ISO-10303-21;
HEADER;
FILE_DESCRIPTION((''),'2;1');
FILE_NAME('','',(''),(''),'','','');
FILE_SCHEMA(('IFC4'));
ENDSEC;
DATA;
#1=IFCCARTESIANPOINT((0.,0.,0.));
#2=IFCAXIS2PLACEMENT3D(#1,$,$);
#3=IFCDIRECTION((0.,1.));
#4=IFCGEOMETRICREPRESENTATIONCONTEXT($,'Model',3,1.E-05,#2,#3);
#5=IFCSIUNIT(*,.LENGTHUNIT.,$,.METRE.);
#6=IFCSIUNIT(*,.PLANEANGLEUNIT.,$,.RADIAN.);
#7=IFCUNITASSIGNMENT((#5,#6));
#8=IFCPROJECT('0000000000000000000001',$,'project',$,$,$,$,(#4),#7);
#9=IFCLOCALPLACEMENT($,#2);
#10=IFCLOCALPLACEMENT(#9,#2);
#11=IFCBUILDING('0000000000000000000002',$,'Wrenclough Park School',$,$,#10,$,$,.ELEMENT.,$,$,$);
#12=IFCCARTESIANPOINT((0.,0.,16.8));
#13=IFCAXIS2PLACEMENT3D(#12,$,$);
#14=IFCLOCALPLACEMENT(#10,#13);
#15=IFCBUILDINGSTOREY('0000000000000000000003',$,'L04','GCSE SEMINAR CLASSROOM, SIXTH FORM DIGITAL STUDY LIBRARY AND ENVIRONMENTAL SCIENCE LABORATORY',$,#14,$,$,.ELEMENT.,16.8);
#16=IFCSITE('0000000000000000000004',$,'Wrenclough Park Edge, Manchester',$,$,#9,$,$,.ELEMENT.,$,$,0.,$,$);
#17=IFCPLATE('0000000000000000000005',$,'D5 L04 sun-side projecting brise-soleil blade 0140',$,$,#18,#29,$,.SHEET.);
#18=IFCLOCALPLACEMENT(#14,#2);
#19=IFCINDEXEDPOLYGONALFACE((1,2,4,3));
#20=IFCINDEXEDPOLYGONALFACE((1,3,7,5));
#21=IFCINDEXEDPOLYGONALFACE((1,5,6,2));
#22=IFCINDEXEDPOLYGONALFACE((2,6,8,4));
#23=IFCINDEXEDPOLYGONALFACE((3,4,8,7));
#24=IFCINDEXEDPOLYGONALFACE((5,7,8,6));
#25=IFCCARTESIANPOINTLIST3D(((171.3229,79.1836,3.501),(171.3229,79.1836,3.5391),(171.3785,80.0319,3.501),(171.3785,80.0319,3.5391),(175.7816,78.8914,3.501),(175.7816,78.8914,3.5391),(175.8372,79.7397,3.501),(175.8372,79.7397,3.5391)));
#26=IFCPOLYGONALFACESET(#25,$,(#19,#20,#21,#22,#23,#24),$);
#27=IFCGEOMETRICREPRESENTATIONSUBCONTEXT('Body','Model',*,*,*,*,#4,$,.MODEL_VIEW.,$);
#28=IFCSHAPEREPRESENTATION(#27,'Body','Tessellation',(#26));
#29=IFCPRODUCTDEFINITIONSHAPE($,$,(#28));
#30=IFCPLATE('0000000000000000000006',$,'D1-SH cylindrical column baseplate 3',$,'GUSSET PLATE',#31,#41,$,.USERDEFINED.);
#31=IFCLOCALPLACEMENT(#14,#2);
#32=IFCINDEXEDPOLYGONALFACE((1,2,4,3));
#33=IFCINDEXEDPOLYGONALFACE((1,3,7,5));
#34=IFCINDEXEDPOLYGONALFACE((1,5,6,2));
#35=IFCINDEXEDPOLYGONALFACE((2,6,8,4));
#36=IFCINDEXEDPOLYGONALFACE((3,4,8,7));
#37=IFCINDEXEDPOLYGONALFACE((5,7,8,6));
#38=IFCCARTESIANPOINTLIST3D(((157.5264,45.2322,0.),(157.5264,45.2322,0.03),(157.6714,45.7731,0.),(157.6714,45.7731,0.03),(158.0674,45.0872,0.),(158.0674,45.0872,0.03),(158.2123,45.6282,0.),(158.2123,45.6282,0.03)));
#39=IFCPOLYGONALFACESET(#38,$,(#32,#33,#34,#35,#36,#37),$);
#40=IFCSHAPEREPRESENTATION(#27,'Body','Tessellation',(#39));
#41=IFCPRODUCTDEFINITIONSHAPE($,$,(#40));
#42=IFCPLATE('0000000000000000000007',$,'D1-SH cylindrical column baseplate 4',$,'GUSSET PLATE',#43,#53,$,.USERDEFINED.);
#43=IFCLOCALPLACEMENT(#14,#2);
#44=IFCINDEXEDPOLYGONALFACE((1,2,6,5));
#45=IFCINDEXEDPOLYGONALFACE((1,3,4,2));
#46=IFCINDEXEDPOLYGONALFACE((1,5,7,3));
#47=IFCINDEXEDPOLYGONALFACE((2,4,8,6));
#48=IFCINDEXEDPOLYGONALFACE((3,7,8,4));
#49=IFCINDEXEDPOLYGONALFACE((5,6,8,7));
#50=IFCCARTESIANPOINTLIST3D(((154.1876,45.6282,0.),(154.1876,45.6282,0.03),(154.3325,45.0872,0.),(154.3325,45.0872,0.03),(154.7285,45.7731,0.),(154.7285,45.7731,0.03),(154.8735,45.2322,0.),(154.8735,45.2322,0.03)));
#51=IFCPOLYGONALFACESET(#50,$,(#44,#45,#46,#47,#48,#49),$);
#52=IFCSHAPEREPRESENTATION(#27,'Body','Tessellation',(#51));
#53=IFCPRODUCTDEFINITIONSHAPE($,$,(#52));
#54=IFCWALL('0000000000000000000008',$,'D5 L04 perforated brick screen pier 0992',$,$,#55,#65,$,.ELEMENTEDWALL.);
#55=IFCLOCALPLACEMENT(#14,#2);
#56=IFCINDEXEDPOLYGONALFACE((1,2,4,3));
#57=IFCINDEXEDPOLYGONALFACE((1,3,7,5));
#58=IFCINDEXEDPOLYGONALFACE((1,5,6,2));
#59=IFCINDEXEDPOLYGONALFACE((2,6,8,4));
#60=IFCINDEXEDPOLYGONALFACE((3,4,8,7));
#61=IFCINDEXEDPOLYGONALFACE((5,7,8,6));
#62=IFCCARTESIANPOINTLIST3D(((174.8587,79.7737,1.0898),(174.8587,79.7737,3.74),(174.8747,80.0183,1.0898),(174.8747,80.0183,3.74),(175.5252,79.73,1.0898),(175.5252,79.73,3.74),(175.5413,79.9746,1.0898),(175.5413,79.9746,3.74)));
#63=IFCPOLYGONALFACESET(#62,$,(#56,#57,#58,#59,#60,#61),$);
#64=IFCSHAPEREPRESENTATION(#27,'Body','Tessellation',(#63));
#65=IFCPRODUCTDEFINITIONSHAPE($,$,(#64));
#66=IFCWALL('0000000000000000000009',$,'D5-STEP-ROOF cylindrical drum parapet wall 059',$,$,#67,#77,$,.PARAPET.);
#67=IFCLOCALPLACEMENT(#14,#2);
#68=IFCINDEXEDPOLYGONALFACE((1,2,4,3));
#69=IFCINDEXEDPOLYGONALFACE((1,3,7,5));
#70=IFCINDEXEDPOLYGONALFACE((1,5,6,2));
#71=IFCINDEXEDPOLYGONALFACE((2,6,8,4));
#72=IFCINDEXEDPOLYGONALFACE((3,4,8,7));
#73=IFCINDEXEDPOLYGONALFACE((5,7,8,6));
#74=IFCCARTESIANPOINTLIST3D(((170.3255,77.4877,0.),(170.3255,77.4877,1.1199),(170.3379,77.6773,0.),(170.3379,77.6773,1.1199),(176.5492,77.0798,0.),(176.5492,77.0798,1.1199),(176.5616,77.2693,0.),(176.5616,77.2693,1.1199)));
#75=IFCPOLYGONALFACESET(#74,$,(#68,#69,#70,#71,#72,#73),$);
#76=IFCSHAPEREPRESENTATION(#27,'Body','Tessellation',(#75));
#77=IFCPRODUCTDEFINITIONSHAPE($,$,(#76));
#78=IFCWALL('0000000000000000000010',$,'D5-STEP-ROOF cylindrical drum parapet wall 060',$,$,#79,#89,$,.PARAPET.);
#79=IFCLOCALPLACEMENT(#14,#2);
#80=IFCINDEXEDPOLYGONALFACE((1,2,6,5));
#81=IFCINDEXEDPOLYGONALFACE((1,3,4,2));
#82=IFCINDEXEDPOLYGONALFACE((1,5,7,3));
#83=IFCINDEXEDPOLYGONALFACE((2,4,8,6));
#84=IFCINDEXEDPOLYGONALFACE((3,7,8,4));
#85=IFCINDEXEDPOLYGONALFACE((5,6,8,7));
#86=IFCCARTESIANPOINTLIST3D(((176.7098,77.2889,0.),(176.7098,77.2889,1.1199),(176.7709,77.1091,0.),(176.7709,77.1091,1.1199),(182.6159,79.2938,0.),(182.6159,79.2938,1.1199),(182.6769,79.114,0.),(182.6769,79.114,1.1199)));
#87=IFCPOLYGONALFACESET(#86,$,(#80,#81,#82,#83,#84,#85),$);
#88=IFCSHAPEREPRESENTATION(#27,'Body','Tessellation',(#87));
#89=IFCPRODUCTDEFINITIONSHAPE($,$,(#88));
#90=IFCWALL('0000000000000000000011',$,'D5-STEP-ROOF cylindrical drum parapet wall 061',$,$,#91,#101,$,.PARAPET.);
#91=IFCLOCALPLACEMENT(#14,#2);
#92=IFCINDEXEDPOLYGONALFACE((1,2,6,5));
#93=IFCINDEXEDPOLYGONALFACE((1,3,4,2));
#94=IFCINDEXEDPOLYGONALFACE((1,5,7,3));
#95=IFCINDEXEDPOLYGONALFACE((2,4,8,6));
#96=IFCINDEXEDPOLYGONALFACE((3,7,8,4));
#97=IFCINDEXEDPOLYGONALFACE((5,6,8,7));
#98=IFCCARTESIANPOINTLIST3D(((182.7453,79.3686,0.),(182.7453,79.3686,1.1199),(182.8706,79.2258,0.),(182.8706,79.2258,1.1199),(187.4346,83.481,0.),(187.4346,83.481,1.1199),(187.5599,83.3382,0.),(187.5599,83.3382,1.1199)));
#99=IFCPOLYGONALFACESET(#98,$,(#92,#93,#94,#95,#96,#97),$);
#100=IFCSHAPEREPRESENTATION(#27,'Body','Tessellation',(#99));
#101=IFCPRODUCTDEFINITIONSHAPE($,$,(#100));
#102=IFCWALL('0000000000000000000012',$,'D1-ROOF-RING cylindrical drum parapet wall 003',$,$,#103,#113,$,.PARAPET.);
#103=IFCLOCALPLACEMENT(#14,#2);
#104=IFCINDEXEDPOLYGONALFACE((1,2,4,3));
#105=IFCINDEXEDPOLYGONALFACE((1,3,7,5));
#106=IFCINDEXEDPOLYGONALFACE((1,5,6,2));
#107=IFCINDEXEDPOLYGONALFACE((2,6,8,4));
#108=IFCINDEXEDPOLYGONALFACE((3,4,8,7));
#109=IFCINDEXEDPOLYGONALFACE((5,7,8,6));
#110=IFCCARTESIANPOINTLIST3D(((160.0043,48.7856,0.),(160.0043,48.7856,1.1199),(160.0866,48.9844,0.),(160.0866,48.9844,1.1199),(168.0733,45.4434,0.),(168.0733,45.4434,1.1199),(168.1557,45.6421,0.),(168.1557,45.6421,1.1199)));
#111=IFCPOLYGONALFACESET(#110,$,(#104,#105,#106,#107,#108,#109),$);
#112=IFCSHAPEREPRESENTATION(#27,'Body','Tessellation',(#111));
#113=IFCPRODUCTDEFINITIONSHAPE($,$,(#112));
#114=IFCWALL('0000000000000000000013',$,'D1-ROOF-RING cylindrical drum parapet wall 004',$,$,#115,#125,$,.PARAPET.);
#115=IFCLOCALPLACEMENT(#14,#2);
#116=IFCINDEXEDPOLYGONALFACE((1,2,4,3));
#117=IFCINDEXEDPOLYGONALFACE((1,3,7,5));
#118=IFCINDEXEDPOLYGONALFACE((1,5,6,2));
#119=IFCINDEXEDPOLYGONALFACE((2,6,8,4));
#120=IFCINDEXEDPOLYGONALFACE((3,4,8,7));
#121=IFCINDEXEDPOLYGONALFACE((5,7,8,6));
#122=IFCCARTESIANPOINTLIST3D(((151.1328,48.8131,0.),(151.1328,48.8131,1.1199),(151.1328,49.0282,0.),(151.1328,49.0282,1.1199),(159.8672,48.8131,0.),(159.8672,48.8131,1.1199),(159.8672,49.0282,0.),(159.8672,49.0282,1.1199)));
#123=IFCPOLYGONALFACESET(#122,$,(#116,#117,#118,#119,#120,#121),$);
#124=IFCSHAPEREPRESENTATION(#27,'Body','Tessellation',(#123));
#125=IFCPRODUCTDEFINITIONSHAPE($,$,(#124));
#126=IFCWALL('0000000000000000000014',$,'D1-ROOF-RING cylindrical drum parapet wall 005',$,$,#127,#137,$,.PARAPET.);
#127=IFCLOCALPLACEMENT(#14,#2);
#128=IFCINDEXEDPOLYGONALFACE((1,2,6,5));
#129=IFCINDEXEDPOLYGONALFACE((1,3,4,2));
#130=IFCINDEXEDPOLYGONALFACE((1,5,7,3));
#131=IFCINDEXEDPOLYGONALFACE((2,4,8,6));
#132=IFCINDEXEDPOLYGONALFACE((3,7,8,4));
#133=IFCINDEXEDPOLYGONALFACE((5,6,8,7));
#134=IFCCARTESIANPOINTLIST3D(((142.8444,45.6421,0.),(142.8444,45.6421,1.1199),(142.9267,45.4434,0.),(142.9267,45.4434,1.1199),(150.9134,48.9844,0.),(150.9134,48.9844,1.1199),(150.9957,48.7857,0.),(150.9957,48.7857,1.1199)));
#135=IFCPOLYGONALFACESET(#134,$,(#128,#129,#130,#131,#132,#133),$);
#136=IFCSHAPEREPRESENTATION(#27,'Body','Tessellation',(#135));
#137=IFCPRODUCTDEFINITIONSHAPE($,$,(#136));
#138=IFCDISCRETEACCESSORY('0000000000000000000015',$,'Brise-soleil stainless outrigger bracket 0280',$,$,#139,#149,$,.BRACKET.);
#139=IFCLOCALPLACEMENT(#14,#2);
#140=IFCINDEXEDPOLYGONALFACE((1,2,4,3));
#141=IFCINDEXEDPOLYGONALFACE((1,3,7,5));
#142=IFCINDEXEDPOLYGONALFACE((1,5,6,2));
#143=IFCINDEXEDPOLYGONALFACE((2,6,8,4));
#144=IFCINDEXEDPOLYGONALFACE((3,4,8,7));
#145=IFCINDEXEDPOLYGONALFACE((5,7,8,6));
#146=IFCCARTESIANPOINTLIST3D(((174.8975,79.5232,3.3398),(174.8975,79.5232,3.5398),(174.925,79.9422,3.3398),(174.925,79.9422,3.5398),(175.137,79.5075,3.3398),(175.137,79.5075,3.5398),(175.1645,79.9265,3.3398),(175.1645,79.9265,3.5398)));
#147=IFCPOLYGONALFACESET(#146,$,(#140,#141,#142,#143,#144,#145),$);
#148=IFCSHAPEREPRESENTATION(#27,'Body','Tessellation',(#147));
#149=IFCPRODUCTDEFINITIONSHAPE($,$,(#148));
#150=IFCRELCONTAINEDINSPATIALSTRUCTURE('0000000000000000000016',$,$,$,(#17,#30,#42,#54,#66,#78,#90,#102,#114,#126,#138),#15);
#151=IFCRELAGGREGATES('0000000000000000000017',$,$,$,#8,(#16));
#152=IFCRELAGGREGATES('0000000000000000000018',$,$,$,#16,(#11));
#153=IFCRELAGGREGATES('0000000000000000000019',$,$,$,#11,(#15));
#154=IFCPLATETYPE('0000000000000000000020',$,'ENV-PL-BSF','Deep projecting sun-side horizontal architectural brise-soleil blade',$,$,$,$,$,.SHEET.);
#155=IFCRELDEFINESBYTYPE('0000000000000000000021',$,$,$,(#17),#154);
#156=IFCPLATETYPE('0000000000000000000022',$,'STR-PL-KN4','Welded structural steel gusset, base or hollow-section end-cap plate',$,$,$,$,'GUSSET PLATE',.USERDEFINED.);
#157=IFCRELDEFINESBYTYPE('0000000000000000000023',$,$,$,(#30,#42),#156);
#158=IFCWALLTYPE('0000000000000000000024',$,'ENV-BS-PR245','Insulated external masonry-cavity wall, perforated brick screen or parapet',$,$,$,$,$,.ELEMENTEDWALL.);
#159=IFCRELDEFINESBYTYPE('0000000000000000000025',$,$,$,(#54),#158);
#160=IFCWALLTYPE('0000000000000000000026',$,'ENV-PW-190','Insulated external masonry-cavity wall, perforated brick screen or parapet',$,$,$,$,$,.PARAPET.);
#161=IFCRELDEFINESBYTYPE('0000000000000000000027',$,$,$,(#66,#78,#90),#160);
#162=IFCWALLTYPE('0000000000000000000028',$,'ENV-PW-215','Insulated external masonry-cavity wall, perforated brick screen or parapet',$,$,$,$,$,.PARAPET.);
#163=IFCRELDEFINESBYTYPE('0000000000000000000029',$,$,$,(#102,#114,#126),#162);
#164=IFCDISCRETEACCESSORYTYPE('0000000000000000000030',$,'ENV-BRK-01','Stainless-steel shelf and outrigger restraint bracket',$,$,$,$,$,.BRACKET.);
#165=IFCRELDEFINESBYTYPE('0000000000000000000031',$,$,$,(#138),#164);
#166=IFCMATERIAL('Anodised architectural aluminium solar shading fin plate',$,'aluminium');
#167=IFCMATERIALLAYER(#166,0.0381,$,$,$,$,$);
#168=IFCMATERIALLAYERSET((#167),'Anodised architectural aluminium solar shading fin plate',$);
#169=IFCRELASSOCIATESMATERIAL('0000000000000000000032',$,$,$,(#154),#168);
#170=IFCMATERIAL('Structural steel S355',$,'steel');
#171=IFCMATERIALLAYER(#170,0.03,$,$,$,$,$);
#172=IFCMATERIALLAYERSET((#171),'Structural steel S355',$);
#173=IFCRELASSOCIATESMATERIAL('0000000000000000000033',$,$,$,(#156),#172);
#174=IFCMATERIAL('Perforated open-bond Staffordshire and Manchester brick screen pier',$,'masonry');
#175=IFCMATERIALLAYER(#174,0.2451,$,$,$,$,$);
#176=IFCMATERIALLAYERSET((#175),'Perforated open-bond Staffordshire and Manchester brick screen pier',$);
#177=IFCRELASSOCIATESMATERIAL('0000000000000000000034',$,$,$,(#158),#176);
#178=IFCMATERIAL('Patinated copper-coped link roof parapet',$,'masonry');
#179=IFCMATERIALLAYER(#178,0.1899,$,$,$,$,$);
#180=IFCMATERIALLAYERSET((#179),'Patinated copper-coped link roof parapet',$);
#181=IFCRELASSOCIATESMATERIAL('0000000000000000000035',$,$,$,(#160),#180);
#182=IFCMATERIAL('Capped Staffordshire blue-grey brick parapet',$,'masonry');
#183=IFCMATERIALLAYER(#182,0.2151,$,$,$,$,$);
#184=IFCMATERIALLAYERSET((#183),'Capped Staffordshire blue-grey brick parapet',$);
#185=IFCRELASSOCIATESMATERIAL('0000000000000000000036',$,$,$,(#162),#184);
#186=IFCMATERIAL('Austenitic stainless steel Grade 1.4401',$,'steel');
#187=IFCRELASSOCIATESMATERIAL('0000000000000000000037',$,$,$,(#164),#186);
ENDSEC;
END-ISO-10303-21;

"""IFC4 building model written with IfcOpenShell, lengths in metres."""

from ifc_helpers import new_model, si_unit, direction, frame, frame_2d, origin, origin_2d, place, context, subcontext, project, spatial, rectangle, extrude, material, layer, layer_set, type_object, element, save


model = new_model("IFC4")

# Units and contexts
model_context = context("Model", 3, precision=1e-05, world=origin(), true_north=direction((0.0, 1.0)))
body_context = subcontext(model_context, "Body", "Model", "MODEL_VIEW")
ifc_project = project(units=[si_unit("LENGTHUNIT", "METRE"), si_unit("PLANEANGLEUNIT", "RADIAN")], contexts=[model_context])

# Site, building, storey
site_placement = place(None, origin())
site = spatial("IfcSite", under=ifc_project, at=site_placement, Name="Wrenclough Park Edge, Manchester", CompositionType="ELEMENT", RefElevation=0.0)
building_placement = place(site_placement, origin())
building = spatial("IfcBuilding", under=site, at=building_placement, Name="Wrenclough Park School", CompositionType="ELEMENT")
storey_placement = place(building_placement, frame((0.0, 0.0, 16.8)))
storey = spatial("IfcBuildingStorey", under=building, at=storey_placement, Name="L04", Description="GCSE SEMINAR CLASSROOM, SIXTH FORM DIGITAL STUDY LIBRARY AND ENVIRONMENTAL SCIENCE LABORATORY", CompositionType="ELEMENT", Elevation=16.8)

# Shared definitions
ifc_material_1 = material(Name="Structural steel S355", Category="steel")

# Plates
ifc_material_2 = material(Name="Anodised architectural aluminium solar shading fin plate", Category="aluminium")
ifc_layer_1 = layer(ifc_material_2, 0.0381)
ifc_layer_set_1 = layer_set([ifc_layer_1], Name="Anodised architectural aluminium solar shading fin plate")
plate_type_1 = type_object("IfcPlateType", Name="ENV-PL-BSF", Description="Deep projecting sun-side horizontal architectural brise-soleil blade", PredefinedType="SHEET", material=ifc_layer_set_1)
plate_placement = place(storey_placement, frame((173.5801, 79.4617, 3.501), z_axis=(0.0, 0.0, 1.0), x_axis=(0.99786, -0.065391, 0.0)))
element("IfcPlate", 1, at=plate_placement, inside=storey, type_object=plate_type_1, Name="D5 L04 sun-side projecting brise-soleil blade 0140", PredefinedType="SHEET", context=body_context, shape_type="SweptSolid", body=[
    extrude(rectangle(XDim=4.4683, YDim=0.8501, at=origin_2d()), origin(), (0.0, 0.0, 1.0), 0.0381),
])
ifc_layer_2 = layer(ifc_material_1, 0.03)
ifc_layer_set_2 = layer_set([ifc_layer_2], Name="Structural steel S355")
plate_type_2 = type_object("IfcPlateType", Name="STR-PL-KN4", Description="Welded structural steel gusset, base or hollow-section end-cap plate", ElementType="GUSSET PLATE", PredefinedType="USERDEFINED", material=ifc_layer_set_2)
for number, where, z_axis, x_axis, name in (
    (2, (157.8694, 45.4302, 0.0), (0.0, 0.0, 1.0), (-0.965926, 0.258819, 0.0), "D1-SH cylindrical column baseplate 3"),
    (3, (154.5305, 45.4302, 0.0), (0.0, 0.0, 1.0), (-0.965926, -0.258819, 0.0), "D1-SH cylindrical column baseplate 4"),
):
    element("IfcPlate", number, at=place(storey_placement, frame(where, z_axis=z_axis, x_axis=x_axis)), inside=storey, type_object=plate_type_2, Name=name, ObjectType="GUSSET PLATE", PredefinedType="USERDEFINED", context=body_context, shape_type="SweptSolid", body=[
        extrude(rectangle(XDim=0.5601, YDim=0.5601, at=origin_2d()), origin(), (0.0, 0.0, 1.0), 0.03),
    ])

# Walls
ifc_material_3 = material(Name="Perforated open-bond Staffordshire and Manchester brick screen pier", Category="masonry")
ifc_layer_3 = layer(ifc_material_3, 0.2451)
ifc_layer_set_3 = layer_set([ifc_layer_3], Name="Perforated open-bond Staffordshire and Manchester brick screen pier")
wall_type_1 = type_object("IfcWallType", Name="ENV-BS-PR245", Description="Insulated external masonry-cavity wall, perforated brick screen or parapet", PredefinedType="ELEMENTEDWALL", material=ifc_layer_set_3)
wall_1_placement = place(storey_placement, frame((174.8667, 79.896, 1.0898), z_axis=(0.0, 0.0, 1.0), x_axis=(0.997857, -0.065427, 0.0)))
element("IfcWall", 4, at=wall_1_placement, inside=storey, type_object=wall_type_1, Name="D5 L04 perforated brick screen pier 0992", PredefinedType="ELEMENTEDWALL", context=body_context, shape_type="SweptSolid", body=[
    extrude(rectangle(XDim=0.668, YDim=0.2451, at=frame_2d((0.334, 0.0))), origin(), (0.0, 0.0, 1.0), 2.6501),
])
ifc_material_4 = material(Name="Patinated copper-coped link roof parapet", Category="masonry")
ifc_layer_4 = layer(ifc_material_4, 0.1899)
ifc_layer_set_4 = layer_set([ifc_layer_4], Name="Patinated copper-coped link roof parapet")
wall_type_2 = type_object("IfcWallType", Name="ENV-PW-190", Description="Insulated external masonry-cavity wall, perforated brick screen or parapet", PredefinedType="PARAPET", material=ifc_layer_set_4)
for number, where, z_axis, x_axis, name in (
    (5, (170.3315, 77.5825, 0.0), (0.0, 0.0, 1.0), (0.997858, -0.06541, 0.0), "D5-STEP-ROOF cylindrical drum parapet wall 059"),
    (6, (176.7402, 77.199, 0.0), (0.0, 0.0, 1.0), (0.946927, 0.321449, 0.0), "D5-STEP-ROOF cylindrical drum parapet wall 060"),
    (7, (182.8079, 79.2971, 0.0), (0.0, 0.0, 1.0), (0.751841, 0.659344, 0.0), "D5-STEP-ROOF cylindrical drum parapet wall 061"),
):
    element("IfcWall", number, at=place(storey_placement, frame(where, z_axis=z_axis, x_axis=x_axis)), inside=storey, type_object=wall_type_2, Name=name, PredefinedType="PARAPET", context=body_context, shape_type="SweptSolid", body=[
        extrude(rectangle(XDim=6.2371, YDim=0.1899, at=frame_2d((3.1187, 0.0))), origin(), (0.0, 0.0, 1.0), 1.1199),
    ])
ifc_material_5 = material(Name="Capped Staffordshire blue-grey brick parapet", Category="masonry")
ifc_layer_5 = layer(ifc_material_5, 0.2151)
ifc_layer_set_5 = layer_set([ifc_layer_5], Name="Capped Staffordshire blue-grey brick parapet")
wall_type_3 = type_object("IfcWallType", Name="ENV-PW-215", Description="Insulated external masonry-cavity wall, perforated brick screen or parapet", PredefinedType="PARAPET", material=ifc_layer_set_5)
wall_2_placement = place(storey_placement, frame((168.1145, 45.5427, 0.0), z_axis=(0.0, 0.0, 1.0), x_axis=(-0.923881, 0.382679, 0.0)))
element("IfcWall", 8, at=wall_2_placement, inside=storey, type_object=wall_type_3, Name="D1-ROOF-RING cylindrical drum parapet wall 003", PredefinedType="PARAPET", context=body_context, shape_type="SweptSolid", body=[
    extrude(rectangle(XDim=8.7339, YDim=0.2151, at=frame_2d((4.3669, 0.0))), origin(), (0.0, 0.0, 1.0), 1.1199),
])
wall_3_placement = place(storey_placement, frame((159.8672, 48.9207, 0.0), z_axis=(0.0, 0.0, 1.0), x_axis=(-1.0, 0.0, 0.0)))
element("IfcWall", 9, at=wall_3_placement, inside=storey, type_object=wall_type_3, Name="D1-ROOF-RING cylindrical drum parapet wall 004", PredefinedType="PARAPET", context=body_context, shape_type="SweptSolid", body=[
    extrude(rectangle(XDim=8.7344, YDim=0.2151, at=frame_2d((4.3672, 0.0))), origin(), (0.0, 0.0, 1.0), 1.1199),
])
wall_4_placement = place(storey_placement, frame((150.9546, 48.885, 0.0), z_axis=(0.0, 0.0, 1.0), x_axis=(-0.923881, -0.382679, 0.0)))
element("IfcWall", 10, at=wall_4_placement, inside=storey, type_object=wall_type_3, Name="D1-ROOF-RING cylindrical drum parapet wall 005", PredefinedType="PARAPET", context=body_context, shape_type="SweptSolid", body=[
    extrude(rectangle(XDim=8.7339, YDim=0.2151, at=frame_2d((4.3669, 0.0))), origin(), (0.0, 0.0, 1.0), 1.1199),
])

# Discrete accessory
ifc_material_6 = material(Name="Austenitic stainless steel Grade 1.4401", Category="steel")
discrete_accessory_type = type_object("IfcDiscreteAccessoryType", Name="ENV-BRK-01", Description="Stainless-steel shelf and outrigger restraint bracket", PredefinedType="BRACKET", material=ifc_material_6)
discrete_accessory_placement = place(storey_placement, frame((175.031, 79.7249, 3.3398), z_axis=(0.0, 0.0, 1.0), x_axis=(0.99786, -0.065391, 0.0)))
element("IfcDiscreteAccessory", 11, at=discrete_accessory_placement, inside=storey, type_object=discrete_accessory_type, Name="Brise-soleil stainless outrigger bracket 0280", PredefinedType="BRACKET", context=body_context, shape_type="SweptSolid", body=[
    extrude(rectangle(XDim=0.24, YDim=0.4199, at=origin_2d()), origin(), (0.0, 0.0, 1.0), 0.2),
])

save(model, "model.ifc")
